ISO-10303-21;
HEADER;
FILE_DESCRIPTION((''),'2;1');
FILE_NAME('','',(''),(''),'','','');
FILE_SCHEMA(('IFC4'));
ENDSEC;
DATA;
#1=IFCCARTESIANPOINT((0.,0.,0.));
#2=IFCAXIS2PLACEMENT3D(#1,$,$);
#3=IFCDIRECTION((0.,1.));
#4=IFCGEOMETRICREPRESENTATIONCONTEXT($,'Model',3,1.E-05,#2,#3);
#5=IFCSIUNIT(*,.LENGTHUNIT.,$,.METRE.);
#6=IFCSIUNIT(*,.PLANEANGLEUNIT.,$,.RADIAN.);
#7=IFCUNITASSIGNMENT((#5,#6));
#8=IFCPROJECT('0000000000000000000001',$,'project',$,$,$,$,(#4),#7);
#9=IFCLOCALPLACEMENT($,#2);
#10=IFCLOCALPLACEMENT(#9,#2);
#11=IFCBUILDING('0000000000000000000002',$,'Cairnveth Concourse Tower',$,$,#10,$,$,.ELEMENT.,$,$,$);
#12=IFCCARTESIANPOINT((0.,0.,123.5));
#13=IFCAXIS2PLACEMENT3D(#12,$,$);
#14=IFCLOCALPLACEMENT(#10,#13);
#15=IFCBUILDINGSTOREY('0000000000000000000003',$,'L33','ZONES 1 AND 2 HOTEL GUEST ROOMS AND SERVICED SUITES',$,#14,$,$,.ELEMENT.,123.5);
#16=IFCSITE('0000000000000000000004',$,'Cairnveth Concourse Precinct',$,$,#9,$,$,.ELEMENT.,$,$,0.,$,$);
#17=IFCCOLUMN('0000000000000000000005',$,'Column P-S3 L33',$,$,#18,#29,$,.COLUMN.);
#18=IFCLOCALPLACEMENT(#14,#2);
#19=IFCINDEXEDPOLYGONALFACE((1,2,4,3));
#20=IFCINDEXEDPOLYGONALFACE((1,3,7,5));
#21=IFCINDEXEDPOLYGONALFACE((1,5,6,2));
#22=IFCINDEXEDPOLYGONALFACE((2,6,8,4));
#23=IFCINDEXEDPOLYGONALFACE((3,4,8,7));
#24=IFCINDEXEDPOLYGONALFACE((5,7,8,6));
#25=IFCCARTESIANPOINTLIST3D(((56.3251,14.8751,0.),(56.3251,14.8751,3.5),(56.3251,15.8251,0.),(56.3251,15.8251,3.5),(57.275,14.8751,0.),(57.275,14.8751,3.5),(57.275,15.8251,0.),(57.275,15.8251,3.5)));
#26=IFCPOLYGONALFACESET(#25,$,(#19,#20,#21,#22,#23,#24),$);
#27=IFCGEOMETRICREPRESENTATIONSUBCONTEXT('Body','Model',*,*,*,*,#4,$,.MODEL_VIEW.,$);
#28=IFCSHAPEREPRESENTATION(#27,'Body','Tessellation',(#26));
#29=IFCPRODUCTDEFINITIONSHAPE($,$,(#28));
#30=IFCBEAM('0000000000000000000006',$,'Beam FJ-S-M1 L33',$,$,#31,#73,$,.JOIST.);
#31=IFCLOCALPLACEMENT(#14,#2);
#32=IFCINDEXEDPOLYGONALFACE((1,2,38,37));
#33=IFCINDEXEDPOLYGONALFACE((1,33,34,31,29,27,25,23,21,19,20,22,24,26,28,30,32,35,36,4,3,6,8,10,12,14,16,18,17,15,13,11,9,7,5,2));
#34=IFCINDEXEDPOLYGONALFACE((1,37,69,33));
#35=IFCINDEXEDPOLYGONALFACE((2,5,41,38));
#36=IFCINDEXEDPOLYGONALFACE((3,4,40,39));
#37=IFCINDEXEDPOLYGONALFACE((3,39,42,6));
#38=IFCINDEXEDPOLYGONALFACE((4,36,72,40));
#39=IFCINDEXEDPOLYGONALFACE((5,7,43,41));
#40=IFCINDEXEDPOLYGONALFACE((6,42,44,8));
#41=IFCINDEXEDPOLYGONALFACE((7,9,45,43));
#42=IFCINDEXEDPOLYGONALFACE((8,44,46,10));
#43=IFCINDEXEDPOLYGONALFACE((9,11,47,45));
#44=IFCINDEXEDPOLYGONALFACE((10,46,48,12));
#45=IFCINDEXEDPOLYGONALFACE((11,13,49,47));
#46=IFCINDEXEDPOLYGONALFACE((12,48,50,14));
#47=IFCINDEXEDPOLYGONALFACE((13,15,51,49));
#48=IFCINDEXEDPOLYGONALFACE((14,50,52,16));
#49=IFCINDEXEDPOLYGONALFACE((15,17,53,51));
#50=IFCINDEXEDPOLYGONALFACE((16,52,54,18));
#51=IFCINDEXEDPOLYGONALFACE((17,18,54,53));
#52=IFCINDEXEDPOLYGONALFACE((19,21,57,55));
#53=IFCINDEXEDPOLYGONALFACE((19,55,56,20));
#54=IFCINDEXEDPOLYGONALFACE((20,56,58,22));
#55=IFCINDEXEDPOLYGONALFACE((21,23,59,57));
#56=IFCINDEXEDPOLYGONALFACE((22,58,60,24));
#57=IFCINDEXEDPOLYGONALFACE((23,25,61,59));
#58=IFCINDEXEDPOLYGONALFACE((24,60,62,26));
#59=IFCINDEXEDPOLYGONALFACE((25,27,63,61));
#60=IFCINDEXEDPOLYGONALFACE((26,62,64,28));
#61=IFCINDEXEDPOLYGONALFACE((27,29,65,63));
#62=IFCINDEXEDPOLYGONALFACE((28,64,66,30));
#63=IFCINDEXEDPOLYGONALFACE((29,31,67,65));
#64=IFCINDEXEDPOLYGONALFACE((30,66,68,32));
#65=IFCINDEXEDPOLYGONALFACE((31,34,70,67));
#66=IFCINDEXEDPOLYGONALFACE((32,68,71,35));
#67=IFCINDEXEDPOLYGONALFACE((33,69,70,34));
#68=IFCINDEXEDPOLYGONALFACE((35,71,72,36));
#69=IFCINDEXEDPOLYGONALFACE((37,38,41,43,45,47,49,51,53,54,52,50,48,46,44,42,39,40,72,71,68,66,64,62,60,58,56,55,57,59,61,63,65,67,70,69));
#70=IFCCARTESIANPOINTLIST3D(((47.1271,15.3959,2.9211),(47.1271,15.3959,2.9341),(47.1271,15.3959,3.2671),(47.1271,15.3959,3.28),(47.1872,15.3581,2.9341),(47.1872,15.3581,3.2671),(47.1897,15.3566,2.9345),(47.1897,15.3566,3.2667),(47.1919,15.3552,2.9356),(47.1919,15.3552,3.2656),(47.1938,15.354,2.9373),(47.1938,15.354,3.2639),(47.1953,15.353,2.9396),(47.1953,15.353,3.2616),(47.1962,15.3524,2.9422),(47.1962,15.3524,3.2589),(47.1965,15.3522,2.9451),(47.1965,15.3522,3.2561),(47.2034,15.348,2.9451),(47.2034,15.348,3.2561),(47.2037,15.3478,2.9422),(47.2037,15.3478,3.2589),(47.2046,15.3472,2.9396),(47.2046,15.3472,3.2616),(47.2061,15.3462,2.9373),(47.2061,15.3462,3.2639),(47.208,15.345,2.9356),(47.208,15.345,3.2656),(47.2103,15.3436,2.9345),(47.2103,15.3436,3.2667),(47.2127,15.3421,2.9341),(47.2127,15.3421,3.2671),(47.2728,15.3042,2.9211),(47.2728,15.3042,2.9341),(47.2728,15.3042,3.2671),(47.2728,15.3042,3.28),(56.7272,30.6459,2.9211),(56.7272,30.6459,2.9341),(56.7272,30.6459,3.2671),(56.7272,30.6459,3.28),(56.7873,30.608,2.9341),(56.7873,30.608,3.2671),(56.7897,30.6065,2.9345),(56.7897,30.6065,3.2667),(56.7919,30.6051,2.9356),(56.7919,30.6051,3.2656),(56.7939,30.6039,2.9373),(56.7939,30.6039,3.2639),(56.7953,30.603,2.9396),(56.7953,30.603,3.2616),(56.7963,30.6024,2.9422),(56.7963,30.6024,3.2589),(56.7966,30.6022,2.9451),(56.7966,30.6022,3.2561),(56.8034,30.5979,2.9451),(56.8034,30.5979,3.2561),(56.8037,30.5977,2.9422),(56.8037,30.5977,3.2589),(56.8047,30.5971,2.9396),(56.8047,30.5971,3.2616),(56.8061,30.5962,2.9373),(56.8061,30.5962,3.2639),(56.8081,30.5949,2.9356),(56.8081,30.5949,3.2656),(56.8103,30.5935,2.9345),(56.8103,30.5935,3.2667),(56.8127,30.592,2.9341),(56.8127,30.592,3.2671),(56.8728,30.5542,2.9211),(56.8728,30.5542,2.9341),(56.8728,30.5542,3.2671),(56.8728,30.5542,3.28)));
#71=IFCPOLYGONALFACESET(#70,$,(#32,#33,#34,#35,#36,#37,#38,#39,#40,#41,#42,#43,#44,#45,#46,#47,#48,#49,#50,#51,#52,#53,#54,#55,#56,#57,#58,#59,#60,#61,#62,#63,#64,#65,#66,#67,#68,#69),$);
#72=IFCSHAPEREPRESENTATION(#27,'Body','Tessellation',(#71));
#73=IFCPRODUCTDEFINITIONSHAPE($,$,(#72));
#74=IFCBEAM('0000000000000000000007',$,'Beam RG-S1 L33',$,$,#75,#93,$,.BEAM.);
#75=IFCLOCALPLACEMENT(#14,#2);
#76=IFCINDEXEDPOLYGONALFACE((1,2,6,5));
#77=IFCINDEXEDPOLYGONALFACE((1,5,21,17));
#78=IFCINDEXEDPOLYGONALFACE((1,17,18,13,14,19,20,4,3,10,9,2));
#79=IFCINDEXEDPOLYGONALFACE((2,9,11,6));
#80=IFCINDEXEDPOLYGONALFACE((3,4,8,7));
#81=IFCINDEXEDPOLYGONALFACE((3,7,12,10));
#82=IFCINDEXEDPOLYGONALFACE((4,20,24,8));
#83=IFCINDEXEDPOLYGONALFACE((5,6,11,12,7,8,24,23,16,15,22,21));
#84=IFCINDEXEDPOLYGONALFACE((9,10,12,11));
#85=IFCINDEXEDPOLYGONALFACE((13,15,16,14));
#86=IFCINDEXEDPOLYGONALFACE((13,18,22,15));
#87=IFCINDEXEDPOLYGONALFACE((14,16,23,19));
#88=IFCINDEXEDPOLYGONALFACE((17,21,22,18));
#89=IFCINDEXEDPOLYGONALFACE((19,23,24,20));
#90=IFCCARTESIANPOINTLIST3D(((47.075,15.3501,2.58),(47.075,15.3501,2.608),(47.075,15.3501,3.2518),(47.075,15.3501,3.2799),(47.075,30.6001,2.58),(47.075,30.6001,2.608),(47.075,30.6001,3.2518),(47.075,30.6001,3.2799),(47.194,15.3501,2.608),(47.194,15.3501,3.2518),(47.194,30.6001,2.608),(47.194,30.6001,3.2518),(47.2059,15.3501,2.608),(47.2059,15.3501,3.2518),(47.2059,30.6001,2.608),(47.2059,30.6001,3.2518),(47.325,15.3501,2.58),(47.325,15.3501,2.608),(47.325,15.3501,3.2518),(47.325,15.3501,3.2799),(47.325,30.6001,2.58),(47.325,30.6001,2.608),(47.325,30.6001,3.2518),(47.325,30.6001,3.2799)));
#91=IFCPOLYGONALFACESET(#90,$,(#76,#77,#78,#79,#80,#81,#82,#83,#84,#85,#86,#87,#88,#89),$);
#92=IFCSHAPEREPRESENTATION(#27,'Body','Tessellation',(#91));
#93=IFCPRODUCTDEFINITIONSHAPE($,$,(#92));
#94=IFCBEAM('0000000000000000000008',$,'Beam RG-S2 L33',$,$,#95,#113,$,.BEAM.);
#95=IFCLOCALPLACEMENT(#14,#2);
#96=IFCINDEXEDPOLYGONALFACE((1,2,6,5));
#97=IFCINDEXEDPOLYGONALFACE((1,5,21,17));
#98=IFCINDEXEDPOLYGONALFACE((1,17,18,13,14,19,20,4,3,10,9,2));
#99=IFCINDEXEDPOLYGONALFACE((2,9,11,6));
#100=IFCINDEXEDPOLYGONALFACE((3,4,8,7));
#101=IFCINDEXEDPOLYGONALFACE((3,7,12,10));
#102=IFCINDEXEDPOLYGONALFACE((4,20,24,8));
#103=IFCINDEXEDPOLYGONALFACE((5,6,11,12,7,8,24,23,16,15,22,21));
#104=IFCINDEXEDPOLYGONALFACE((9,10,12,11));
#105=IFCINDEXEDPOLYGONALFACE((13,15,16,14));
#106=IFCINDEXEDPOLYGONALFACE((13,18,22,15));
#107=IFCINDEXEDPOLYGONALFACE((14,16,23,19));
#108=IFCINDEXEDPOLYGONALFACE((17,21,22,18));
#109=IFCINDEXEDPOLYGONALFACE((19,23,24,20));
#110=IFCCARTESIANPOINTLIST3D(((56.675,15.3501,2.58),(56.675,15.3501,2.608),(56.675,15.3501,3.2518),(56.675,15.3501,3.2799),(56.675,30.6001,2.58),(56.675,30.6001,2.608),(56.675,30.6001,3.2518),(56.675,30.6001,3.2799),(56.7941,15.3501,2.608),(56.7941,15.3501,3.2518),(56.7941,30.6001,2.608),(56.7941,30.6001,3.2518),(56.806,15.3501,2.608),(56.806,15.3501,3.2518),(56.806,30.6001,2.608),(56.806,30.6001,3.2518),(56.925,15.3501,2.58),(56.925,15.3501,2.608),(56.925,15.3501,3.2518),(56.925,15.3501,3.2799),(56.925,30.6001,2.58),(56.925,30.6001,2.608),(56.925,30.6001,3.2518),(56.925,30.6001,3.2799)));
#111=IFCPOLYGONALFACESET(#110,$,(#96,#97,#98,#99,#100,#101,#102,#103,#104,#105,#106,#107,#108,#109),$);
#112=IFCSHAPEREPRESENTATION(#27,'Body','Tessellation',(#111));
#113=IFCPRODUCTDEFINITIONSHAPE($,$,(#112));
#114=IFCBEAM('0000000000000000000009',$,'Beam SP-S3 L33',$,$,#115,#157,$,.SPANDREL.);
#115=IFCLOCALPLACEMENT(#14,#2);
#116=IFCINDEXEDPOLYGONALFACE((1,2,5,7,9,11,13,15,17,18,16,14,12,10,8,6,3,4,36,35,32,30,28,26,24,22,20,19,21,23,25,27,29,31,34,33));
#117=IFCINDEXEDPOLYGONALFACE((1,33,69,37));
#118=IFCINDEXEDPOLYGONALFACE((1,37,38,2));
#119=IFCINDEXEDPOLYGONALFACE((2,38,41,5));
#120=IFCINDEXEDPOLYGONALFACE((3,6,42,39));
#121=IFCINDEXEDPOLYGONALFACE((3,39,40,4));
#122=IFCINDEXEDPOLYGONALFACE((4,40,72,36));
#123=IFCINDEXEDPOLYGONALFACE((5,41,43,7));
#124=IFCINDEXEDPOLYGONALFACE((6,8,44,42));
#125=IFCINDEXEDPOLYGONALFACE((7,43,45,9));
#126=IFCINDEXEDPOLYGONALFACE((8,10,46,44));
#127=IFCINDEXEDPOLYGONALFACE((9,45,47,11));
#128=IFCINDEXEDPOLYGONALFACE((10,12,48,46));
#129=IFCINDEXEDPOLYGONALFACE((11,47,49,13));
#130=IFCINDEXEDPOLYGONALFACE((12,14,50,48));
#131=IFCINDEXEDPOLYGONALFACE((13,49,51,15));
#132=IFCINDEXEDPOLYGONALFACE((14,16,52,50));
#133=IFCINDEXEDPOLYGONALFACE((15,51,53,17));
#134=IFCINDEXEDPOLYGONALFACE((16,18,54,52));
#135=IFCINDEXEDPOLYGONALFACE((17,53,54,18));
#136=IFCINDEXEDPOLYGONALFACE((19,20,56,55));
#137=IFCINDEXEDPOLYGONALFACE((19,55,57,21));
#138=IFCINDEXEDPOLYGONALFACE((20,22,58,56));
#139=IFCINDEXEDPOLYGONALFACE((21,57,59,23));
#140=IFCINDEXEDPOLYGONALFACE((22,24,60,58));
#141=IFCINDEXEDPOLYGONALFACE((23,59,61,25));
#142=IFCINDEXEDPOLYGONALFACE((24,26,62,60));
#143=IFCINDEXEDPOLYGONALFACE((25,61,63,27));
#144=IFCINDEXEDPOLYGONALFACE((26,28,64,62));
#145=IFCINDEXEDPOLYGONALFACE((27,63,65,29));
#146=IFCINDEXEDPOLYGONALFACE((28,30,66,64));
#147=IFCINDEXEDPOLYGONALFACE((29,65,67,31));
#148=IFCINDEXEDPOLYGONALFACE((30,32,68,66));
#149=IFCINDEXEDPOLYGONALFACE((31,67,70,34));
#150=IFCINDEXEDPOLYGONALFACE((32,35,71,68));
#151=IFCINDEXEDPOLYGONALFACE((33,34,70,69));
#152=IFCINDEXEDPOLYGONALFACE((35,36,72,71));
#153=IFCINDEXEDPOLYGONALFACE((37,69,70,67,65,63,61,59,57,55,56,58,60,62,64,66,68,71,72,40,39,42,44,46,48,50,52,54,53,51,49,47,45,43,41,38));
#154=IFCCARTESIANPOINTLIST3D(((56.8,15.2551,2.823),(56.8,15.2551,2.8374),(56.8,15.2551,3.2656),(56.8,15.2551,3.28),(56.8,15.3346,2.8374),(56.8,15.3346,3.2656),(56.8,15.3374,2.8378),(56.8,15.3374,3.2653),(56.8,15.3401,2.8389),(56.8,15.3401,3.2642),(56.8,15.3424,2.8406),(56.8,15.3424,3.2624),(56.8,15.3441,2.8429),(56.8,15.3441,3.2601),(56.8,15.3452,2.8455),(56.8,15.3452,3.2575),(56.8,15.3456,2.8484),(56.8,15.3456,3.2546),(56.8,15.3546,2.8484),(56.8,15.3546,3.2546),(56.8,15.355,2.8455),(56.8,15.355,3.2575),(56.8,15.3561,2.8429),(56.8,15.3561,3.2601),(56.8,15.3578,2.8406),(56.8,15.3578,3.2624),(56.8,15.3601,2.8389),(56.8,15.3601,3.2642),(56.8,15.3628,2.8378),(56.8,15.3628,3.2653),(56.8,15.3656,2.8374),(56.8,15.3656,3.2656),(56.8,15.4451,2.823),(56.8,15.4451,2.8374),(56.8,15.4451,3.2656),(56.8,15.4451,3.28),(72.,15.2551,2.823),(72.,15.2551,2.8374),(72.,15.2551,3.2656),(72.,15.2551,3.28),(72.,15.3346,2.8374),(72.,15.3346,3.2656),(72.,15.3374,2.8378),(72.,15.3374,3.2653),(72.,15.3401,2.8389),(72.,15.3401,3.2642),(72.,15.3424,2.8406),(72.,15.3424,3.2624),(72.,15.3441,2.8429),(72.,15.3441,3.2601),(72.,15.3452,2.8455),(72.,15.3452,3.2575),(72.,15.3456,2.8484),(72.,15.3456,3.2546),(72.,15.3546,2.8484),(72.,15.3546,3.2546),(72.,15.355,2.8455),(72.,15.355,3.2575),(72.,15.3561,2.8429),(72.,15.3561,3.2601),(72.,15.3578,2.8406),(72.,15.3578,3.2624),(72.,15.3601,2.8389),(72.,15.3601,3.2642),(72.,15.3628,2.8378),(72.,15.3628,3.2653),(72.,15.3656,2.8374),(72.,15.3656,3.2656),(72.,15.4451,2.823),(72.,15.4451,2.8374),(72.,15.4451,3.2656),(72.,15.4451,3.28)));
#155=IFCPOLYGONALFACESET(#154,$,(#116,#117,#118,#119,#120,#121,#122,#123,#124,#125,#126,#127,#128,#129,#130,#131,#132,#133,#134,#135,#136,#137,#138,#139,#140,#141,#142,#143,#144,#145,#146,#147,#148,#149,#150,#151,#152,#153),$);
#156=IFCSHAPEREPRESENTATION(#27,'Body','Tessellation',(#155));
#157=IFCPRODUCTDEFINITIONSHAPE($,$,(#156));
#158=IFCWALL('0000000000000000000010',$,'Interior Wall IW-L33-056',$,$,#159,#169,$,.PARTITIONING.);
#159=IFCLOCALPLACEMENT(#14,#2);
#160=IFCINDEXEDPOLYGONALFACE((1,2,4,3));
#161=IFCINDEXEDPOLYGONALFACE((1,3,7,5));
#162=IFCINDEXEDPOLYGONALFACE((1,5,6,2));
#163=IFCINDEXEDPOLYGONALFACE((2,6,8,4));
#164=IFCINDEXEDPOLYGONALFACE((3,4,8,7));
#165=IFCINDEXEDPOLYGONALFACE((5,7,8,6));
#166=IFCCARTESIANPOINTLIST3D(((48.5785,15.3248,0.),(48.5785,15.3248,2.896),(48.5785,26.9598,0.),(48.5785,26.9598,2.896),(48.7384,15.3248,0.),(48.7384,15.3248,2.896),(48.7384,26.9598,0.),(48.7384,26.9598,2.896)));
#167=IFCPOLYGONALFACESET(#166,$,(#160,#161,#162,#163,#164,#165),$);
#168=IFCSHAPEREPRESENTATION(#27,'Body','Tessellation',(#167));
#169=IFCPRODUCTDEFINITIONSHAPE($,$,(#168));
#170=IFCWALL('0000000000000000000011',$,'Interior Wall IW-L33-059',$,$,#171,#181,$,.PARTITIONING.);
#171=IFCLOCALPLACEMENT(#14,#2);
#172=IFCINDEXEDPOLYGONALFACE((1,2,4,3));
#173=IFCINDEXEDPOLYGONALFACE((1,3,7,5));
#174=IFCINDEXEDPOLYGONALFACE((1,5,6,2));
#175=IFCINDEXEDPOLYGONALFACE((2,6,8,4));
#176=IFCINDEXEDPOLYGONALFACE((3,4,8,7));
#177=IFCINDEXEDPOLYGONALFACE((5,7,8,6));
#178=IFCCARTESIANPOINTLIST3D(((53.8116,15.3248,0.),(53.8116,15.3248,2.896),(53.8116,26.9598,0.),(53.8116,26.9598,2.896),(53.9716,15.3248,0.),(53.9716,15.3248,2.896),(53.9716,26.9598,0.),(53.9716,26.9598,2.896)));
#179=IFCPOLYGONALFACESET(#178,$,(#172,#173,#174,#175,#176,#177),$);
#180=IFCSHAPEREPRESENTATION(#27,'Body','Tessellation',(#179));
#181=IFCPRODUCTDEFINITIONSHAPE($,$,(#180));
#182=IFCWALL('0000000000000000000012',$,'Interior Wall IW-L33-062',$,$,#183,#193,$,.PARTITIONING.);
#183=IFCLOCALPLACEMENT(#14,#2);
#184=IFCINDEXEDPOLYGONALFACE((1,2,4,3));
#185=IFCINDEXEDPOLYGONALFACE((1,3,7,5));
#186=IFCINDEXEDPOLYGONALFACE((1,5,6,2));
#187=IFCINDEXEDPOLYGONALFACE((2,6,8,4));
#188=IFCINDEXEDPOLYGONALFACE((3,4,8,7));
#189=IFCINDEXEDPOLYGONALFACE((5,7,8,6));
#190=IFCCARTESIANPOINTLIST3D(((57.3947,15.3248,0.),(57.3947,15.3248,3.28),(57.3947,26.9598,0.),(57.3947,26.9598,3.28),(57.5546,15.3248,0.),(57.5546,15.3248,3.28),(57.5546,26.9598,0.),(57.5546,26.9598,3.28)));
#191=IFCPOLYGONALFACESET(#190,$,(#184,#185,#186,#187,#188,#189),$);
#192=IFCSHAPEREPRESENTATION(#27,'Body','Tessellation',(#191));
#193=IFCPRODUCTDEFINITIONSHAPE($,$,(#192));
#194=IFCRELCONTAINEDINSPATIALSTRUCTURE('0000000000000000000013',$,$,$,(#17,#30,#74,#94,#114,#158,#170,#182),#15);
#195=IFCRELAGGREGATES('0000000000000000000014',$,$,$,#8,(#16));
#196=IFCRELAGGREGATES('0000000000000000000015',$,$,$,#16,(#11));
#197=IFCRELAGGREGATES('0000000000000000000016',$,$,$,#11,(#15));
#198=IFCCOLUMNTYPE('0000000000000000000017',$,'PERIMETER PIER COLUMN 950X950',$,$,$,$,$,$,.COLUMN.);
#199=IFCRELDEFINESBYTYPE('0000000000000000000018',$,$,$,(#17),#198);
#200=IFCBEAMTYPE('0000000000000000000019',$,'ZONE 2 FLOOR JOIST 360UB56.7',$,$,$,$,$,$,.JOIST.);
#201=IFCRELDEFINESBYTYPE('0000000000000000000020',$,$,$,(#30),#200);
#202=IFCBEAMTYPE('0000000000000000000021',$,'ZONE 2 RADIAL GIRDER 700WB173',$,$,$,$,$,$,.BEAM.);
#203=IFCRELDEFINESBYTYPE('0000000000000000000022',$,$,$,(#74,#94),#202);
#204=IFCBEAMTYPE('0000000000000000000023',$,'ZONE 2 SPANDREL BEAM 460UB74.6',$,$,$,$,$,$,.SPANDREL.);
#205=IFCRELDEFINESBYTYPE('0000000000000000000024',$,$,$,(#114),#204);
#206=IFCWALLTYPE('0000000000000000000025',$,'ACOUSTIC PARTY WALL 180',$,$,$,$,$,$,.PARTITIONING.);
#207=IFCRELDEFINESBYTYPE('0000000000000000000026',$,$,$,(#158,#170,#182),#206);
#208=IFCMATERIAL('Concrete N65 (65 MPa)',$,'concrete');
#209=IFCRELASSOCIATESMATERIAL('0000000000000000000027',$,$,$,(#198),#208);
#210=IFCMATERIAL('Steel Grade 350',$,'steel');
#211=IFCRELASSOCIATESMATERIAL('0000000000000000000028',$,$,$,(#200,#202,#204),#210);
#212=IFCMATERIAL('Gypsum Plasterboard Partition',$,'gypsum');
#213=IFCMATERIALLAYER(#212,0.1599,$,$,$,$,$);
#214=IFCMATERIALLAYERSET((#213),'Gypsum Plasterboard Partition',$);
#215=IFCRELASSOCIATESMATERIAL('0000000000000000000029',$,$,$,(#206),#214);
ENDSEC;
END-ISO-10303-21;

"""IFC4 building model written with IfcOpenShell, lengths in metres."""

from ifc_helpers import new_model, si_unit, direction, frame, frame_2d, origin, origin_2d, place, context, subcontext, project, spatial, rectangle, i_section, extrude, material, layer, layer_set, material_profile, profile_set, type_object, element, save


model = new_model("IFC4")

# Units and contexts
model_context = context("Model", 3, precision=1e-05, world=origin(), true_north=direction((0.0, 1.0)))
body_context = subcontext(model_context, "Body", "Model", "MODEL_VIEW")
ifc_project = project(units=[si_unit("LENGTHUNIT", "METRE"), si_unit("PLANEANGLEUNIT", "RADIAN")], contexts=[model_context])

# Site, building, storey
site_placement = place(None, origin())
site = spatial("IfcSite", under=ifc_project, at=site_placement, Name="Cairnveth Concourse Precinct", CompositionType="ELEMENT", RefElevation=0.0)
building_placement = place(site_placement, origin())
building = spatial("IfcBuilding", under=site, at=building_placement, Name="Cairnveth Concourse Tower", CompositionType="ELEMENT")
storey_placement = place(building_placement, frame((0.0, 0.0, 123.5)))
storey = spatial("IfcBuildingStorey", under=building, at=storey_placement, Name="L33", Description="ZONES 1 AND 2 HOTEL GUEST ROOMS AND SERVICED SUITES", CompositionType="ELEMENT", Elevation=123.5)

# Column
ifc_material_1 = material(Name="Concrete N65 (65 MPa)", Category="concrete")
ifc_material_profile_1 = material_profile(ifc_material_1, rectangle(XDim=0.95, YDim=0.95, at=origin_2d()), Name="RC-COL-950x950")
ifc_profile_set_1 = profile_set([ifc_material_profile_1], Name="Concrete N65 (65 MPa)")
column_type = type_object("IfcColumnType", Name="PERIMETER PIER COLUMN 950X950", PredefinedType="COLUMN", material=ifc_profile_set_1)
column_placement = place(storey_placement, frame((56.8, 15.3501, 0.0), z_axis=(0.0, 0.0, 1.0), x_axis=(1.0, 0.0, 0.0)))
element("IfcColumn", 1, at=column_placement, inside=storey, type_object=column_type, Name="Column P-S3 L33", PredefinedType="COLUMN", context=body_context, shape_type="SweptSolid", body=[
    extrude(rectangle(XDim=0.95, YDim=0.95, at=origin_2d()), origin(), (0.0, 0.0, 1.0), 3.5),
])

# Beams
ifc_material_2 = material(Name="Steel Grade 350", Category="steel")
ifc_material_profile_2 = material_profile(ifc_material_2, i_section(OverallWidth=0.1721, OverallDepth=0.3589, WebThickness=0.0081, FlangeThickness=0.0129, FilletRadius=0.011, at=origin_2d()), Name="360UB56.7")
ifc_profile_set_2 = profile_set([ifc_material_profile_2], Name="Steel Grade 350")
beam_type_1 = type_object("IfcBeamType", Name="ZONE 2 FLOOR JOIST 360UB56.7", PredefinedType="JOIST", material=ifc_profile_set_2)
beam_1_placement = place(storey_placement, frame((47.2, 15.3501, 3.1006), z_axis=(0.532744, 0.846277, 0.0), x_axis=(-0.846277, 0.532744, 0.0)))
element("IfcBeam", 2, at=beam_1_placement, inside=storey, type_object=beam_type_1, Name="Beam FJ-S-M1 L33", PredefinedType="JOIST", context=body_context, shape_type="SweptSolid", body=[
    extrude(i_section(OverallWidth=0.1721, OverallDepth=0.3589, WebThickness=0.0081, FlangeThickness=0.0129, FilletRadius=0.011, at=origin_2d()), origin(), (0.0, 0.0, 1.0), 18.02),
])
ifc_material_profile_3 = material_profile(ifc_material_2, i_section(OverallWidth=0.25, OverallDepth=0.7, WebThickness=0.012, FlangeThickness=0.0281, at=origin_2d()), Name="700WB173")
ifc_profile_set_3 = profile_set([ifc_material_profile_3], Name="Steel Grade 350")
beam_type_2 = type_object("IfcBeamType", Name="ZONE 2 RADIAL GIRDER 700WB173", PredefinedType="BEAM", material=ifc_profile_set_3)
for number, where, z_axis, x_axis, name in (
    (3, (47.2, 15.3501, 2.9299), (0.0, 1.0, 0.0), (-1.0, 0.0, 0.0), "Beam RG-S1 L33"),
    (4, (56.8, 15.3501, 2.9299), (0.0, 1.0, 0.0), (-1.0, 0.0, 0.0), "Beam RG-S2 L33"),
):
    element("IfcBeam", number, at=place(storey_placement, frame(where, z_axis=z_axis, x_axis=x_axis)), inside=storey, type_object=beam_type_2, Name=name, PredefinedType="BEAM", context=body_context, shape_type="SweptSolid", body=[
        extrude(i_section(OverallWidth=0.25, OverallDepth=0.7, WebThickness=0.012, FlangeThickness=0.0281, at=origin_2d()), origin(), (0.0, 0.0, 1.0), 15.25),
    ])
ifc_material_profile_4 = material_profile(ifc_material_2, i_section(OverallWidth=0.1899, OverallDepth=0.457, WebThickness=0.009, FlangeThickness=0.0144, FilletRadius=0.011, at=origin_2d()), Name="460UB74.6")
ifc_profile_set_4 = profile_set([ifc_material_profile_4], Name="Steel Grade 350")
beam_type_3 = type_object("IfcBeamType", Name="ZONE 2 SPANDREL BEAM 460UB74.6", PredefinedType="SPANDREL", material=ifc_profile_set_4)
beam_2_placement = place(storey_placement, frame((56.8, 15.3501, 3.0515), z_axis=(1.0, 0.0, 0.0), x_axis=(0.0, 1.0, 0.0)))
element("IfcBeam", 5, at=beam_2_placement, inside=storey, type_object=beam_type_3, Name="Beam SP-S3 L33", PredefinedType="SPANDREL", context=body_context, shape_type="SweptSolid", body=[
    extrude(i_section(OverallWidth=0.1899, OverallDepth=0.457, WebThickness=0.009, FlangeThickness=0.0144, FilletRadius=0.011, at=origin_2d()), origin(), (0.0, 0.0, 1.0), 15.2),
])

# Walls
ifc_material_3 = material(Name="Gypsum Plasterboard Partition", Category="gypsum")
ifc_layer_1 = layer(ifc_material_3, 0.1599)
ifc_layer_set_1 = layer_set([ifc_layer_1], Name="Gypsum Plasterboard Partition")
wall_type_1 = type_object("IfcWallType", Name="ACOUSTIC PARTY WALL 180", PredefinedType="PARTITIONING", material=ifc_layer_set_1)
for number, where, z_axis, x_axis, name in (
    (6, (48.6584, 15.325, 0.0), (0.0, 0.0, 1.0), (0.0, 1.0, 0.0), "Interior Wall IW-L33-056"),
    (7, (53.8916, 15.325, 0.0), (0.0, 0.0, 1.0), (0.0, 1.0, 0.0), "Interior Wall IW-L33-059"),
):
    element("IfcWall", number, at=place(storey_placement, frame(where, z_axis=z_axis, x_axis=x_axis)), inside=storey, type_object=wall_type_1, Name=name, PredefinedType="PARTITIONING", context=body_context, shape_type="SweptSolid", body=[
        extrude(rectangle(XDim=11.635, YDim=0.1599, at=frame_2d((5.8174, 0.0))), origin(), (0.0, 0.0, 1.0), 2.896),
    ])
wall_1_placement = place(storey_placement, frame((57.4746, 15.325, 0.0), z_axis=(0.0, 0.0, 1.0), x_axis=(0.0, 1.0, 0.0)))
element("IfcWall", 8, at=wall_1_placement, inside=storey, type_object=wall_type_1, Name="Interior Wall IW-L33-062", PredefinedType="PARTITIONING", context=body_context, shape_type="SweptSolid", body=[
    extrude(rectangle(XDim=11.635, YDim=0.1599, at=frame_2d((5.8174, 0.0))), origin(), (0.0, 0.0, 1.0), 3.28),
])

save(model, "model.ifc")
